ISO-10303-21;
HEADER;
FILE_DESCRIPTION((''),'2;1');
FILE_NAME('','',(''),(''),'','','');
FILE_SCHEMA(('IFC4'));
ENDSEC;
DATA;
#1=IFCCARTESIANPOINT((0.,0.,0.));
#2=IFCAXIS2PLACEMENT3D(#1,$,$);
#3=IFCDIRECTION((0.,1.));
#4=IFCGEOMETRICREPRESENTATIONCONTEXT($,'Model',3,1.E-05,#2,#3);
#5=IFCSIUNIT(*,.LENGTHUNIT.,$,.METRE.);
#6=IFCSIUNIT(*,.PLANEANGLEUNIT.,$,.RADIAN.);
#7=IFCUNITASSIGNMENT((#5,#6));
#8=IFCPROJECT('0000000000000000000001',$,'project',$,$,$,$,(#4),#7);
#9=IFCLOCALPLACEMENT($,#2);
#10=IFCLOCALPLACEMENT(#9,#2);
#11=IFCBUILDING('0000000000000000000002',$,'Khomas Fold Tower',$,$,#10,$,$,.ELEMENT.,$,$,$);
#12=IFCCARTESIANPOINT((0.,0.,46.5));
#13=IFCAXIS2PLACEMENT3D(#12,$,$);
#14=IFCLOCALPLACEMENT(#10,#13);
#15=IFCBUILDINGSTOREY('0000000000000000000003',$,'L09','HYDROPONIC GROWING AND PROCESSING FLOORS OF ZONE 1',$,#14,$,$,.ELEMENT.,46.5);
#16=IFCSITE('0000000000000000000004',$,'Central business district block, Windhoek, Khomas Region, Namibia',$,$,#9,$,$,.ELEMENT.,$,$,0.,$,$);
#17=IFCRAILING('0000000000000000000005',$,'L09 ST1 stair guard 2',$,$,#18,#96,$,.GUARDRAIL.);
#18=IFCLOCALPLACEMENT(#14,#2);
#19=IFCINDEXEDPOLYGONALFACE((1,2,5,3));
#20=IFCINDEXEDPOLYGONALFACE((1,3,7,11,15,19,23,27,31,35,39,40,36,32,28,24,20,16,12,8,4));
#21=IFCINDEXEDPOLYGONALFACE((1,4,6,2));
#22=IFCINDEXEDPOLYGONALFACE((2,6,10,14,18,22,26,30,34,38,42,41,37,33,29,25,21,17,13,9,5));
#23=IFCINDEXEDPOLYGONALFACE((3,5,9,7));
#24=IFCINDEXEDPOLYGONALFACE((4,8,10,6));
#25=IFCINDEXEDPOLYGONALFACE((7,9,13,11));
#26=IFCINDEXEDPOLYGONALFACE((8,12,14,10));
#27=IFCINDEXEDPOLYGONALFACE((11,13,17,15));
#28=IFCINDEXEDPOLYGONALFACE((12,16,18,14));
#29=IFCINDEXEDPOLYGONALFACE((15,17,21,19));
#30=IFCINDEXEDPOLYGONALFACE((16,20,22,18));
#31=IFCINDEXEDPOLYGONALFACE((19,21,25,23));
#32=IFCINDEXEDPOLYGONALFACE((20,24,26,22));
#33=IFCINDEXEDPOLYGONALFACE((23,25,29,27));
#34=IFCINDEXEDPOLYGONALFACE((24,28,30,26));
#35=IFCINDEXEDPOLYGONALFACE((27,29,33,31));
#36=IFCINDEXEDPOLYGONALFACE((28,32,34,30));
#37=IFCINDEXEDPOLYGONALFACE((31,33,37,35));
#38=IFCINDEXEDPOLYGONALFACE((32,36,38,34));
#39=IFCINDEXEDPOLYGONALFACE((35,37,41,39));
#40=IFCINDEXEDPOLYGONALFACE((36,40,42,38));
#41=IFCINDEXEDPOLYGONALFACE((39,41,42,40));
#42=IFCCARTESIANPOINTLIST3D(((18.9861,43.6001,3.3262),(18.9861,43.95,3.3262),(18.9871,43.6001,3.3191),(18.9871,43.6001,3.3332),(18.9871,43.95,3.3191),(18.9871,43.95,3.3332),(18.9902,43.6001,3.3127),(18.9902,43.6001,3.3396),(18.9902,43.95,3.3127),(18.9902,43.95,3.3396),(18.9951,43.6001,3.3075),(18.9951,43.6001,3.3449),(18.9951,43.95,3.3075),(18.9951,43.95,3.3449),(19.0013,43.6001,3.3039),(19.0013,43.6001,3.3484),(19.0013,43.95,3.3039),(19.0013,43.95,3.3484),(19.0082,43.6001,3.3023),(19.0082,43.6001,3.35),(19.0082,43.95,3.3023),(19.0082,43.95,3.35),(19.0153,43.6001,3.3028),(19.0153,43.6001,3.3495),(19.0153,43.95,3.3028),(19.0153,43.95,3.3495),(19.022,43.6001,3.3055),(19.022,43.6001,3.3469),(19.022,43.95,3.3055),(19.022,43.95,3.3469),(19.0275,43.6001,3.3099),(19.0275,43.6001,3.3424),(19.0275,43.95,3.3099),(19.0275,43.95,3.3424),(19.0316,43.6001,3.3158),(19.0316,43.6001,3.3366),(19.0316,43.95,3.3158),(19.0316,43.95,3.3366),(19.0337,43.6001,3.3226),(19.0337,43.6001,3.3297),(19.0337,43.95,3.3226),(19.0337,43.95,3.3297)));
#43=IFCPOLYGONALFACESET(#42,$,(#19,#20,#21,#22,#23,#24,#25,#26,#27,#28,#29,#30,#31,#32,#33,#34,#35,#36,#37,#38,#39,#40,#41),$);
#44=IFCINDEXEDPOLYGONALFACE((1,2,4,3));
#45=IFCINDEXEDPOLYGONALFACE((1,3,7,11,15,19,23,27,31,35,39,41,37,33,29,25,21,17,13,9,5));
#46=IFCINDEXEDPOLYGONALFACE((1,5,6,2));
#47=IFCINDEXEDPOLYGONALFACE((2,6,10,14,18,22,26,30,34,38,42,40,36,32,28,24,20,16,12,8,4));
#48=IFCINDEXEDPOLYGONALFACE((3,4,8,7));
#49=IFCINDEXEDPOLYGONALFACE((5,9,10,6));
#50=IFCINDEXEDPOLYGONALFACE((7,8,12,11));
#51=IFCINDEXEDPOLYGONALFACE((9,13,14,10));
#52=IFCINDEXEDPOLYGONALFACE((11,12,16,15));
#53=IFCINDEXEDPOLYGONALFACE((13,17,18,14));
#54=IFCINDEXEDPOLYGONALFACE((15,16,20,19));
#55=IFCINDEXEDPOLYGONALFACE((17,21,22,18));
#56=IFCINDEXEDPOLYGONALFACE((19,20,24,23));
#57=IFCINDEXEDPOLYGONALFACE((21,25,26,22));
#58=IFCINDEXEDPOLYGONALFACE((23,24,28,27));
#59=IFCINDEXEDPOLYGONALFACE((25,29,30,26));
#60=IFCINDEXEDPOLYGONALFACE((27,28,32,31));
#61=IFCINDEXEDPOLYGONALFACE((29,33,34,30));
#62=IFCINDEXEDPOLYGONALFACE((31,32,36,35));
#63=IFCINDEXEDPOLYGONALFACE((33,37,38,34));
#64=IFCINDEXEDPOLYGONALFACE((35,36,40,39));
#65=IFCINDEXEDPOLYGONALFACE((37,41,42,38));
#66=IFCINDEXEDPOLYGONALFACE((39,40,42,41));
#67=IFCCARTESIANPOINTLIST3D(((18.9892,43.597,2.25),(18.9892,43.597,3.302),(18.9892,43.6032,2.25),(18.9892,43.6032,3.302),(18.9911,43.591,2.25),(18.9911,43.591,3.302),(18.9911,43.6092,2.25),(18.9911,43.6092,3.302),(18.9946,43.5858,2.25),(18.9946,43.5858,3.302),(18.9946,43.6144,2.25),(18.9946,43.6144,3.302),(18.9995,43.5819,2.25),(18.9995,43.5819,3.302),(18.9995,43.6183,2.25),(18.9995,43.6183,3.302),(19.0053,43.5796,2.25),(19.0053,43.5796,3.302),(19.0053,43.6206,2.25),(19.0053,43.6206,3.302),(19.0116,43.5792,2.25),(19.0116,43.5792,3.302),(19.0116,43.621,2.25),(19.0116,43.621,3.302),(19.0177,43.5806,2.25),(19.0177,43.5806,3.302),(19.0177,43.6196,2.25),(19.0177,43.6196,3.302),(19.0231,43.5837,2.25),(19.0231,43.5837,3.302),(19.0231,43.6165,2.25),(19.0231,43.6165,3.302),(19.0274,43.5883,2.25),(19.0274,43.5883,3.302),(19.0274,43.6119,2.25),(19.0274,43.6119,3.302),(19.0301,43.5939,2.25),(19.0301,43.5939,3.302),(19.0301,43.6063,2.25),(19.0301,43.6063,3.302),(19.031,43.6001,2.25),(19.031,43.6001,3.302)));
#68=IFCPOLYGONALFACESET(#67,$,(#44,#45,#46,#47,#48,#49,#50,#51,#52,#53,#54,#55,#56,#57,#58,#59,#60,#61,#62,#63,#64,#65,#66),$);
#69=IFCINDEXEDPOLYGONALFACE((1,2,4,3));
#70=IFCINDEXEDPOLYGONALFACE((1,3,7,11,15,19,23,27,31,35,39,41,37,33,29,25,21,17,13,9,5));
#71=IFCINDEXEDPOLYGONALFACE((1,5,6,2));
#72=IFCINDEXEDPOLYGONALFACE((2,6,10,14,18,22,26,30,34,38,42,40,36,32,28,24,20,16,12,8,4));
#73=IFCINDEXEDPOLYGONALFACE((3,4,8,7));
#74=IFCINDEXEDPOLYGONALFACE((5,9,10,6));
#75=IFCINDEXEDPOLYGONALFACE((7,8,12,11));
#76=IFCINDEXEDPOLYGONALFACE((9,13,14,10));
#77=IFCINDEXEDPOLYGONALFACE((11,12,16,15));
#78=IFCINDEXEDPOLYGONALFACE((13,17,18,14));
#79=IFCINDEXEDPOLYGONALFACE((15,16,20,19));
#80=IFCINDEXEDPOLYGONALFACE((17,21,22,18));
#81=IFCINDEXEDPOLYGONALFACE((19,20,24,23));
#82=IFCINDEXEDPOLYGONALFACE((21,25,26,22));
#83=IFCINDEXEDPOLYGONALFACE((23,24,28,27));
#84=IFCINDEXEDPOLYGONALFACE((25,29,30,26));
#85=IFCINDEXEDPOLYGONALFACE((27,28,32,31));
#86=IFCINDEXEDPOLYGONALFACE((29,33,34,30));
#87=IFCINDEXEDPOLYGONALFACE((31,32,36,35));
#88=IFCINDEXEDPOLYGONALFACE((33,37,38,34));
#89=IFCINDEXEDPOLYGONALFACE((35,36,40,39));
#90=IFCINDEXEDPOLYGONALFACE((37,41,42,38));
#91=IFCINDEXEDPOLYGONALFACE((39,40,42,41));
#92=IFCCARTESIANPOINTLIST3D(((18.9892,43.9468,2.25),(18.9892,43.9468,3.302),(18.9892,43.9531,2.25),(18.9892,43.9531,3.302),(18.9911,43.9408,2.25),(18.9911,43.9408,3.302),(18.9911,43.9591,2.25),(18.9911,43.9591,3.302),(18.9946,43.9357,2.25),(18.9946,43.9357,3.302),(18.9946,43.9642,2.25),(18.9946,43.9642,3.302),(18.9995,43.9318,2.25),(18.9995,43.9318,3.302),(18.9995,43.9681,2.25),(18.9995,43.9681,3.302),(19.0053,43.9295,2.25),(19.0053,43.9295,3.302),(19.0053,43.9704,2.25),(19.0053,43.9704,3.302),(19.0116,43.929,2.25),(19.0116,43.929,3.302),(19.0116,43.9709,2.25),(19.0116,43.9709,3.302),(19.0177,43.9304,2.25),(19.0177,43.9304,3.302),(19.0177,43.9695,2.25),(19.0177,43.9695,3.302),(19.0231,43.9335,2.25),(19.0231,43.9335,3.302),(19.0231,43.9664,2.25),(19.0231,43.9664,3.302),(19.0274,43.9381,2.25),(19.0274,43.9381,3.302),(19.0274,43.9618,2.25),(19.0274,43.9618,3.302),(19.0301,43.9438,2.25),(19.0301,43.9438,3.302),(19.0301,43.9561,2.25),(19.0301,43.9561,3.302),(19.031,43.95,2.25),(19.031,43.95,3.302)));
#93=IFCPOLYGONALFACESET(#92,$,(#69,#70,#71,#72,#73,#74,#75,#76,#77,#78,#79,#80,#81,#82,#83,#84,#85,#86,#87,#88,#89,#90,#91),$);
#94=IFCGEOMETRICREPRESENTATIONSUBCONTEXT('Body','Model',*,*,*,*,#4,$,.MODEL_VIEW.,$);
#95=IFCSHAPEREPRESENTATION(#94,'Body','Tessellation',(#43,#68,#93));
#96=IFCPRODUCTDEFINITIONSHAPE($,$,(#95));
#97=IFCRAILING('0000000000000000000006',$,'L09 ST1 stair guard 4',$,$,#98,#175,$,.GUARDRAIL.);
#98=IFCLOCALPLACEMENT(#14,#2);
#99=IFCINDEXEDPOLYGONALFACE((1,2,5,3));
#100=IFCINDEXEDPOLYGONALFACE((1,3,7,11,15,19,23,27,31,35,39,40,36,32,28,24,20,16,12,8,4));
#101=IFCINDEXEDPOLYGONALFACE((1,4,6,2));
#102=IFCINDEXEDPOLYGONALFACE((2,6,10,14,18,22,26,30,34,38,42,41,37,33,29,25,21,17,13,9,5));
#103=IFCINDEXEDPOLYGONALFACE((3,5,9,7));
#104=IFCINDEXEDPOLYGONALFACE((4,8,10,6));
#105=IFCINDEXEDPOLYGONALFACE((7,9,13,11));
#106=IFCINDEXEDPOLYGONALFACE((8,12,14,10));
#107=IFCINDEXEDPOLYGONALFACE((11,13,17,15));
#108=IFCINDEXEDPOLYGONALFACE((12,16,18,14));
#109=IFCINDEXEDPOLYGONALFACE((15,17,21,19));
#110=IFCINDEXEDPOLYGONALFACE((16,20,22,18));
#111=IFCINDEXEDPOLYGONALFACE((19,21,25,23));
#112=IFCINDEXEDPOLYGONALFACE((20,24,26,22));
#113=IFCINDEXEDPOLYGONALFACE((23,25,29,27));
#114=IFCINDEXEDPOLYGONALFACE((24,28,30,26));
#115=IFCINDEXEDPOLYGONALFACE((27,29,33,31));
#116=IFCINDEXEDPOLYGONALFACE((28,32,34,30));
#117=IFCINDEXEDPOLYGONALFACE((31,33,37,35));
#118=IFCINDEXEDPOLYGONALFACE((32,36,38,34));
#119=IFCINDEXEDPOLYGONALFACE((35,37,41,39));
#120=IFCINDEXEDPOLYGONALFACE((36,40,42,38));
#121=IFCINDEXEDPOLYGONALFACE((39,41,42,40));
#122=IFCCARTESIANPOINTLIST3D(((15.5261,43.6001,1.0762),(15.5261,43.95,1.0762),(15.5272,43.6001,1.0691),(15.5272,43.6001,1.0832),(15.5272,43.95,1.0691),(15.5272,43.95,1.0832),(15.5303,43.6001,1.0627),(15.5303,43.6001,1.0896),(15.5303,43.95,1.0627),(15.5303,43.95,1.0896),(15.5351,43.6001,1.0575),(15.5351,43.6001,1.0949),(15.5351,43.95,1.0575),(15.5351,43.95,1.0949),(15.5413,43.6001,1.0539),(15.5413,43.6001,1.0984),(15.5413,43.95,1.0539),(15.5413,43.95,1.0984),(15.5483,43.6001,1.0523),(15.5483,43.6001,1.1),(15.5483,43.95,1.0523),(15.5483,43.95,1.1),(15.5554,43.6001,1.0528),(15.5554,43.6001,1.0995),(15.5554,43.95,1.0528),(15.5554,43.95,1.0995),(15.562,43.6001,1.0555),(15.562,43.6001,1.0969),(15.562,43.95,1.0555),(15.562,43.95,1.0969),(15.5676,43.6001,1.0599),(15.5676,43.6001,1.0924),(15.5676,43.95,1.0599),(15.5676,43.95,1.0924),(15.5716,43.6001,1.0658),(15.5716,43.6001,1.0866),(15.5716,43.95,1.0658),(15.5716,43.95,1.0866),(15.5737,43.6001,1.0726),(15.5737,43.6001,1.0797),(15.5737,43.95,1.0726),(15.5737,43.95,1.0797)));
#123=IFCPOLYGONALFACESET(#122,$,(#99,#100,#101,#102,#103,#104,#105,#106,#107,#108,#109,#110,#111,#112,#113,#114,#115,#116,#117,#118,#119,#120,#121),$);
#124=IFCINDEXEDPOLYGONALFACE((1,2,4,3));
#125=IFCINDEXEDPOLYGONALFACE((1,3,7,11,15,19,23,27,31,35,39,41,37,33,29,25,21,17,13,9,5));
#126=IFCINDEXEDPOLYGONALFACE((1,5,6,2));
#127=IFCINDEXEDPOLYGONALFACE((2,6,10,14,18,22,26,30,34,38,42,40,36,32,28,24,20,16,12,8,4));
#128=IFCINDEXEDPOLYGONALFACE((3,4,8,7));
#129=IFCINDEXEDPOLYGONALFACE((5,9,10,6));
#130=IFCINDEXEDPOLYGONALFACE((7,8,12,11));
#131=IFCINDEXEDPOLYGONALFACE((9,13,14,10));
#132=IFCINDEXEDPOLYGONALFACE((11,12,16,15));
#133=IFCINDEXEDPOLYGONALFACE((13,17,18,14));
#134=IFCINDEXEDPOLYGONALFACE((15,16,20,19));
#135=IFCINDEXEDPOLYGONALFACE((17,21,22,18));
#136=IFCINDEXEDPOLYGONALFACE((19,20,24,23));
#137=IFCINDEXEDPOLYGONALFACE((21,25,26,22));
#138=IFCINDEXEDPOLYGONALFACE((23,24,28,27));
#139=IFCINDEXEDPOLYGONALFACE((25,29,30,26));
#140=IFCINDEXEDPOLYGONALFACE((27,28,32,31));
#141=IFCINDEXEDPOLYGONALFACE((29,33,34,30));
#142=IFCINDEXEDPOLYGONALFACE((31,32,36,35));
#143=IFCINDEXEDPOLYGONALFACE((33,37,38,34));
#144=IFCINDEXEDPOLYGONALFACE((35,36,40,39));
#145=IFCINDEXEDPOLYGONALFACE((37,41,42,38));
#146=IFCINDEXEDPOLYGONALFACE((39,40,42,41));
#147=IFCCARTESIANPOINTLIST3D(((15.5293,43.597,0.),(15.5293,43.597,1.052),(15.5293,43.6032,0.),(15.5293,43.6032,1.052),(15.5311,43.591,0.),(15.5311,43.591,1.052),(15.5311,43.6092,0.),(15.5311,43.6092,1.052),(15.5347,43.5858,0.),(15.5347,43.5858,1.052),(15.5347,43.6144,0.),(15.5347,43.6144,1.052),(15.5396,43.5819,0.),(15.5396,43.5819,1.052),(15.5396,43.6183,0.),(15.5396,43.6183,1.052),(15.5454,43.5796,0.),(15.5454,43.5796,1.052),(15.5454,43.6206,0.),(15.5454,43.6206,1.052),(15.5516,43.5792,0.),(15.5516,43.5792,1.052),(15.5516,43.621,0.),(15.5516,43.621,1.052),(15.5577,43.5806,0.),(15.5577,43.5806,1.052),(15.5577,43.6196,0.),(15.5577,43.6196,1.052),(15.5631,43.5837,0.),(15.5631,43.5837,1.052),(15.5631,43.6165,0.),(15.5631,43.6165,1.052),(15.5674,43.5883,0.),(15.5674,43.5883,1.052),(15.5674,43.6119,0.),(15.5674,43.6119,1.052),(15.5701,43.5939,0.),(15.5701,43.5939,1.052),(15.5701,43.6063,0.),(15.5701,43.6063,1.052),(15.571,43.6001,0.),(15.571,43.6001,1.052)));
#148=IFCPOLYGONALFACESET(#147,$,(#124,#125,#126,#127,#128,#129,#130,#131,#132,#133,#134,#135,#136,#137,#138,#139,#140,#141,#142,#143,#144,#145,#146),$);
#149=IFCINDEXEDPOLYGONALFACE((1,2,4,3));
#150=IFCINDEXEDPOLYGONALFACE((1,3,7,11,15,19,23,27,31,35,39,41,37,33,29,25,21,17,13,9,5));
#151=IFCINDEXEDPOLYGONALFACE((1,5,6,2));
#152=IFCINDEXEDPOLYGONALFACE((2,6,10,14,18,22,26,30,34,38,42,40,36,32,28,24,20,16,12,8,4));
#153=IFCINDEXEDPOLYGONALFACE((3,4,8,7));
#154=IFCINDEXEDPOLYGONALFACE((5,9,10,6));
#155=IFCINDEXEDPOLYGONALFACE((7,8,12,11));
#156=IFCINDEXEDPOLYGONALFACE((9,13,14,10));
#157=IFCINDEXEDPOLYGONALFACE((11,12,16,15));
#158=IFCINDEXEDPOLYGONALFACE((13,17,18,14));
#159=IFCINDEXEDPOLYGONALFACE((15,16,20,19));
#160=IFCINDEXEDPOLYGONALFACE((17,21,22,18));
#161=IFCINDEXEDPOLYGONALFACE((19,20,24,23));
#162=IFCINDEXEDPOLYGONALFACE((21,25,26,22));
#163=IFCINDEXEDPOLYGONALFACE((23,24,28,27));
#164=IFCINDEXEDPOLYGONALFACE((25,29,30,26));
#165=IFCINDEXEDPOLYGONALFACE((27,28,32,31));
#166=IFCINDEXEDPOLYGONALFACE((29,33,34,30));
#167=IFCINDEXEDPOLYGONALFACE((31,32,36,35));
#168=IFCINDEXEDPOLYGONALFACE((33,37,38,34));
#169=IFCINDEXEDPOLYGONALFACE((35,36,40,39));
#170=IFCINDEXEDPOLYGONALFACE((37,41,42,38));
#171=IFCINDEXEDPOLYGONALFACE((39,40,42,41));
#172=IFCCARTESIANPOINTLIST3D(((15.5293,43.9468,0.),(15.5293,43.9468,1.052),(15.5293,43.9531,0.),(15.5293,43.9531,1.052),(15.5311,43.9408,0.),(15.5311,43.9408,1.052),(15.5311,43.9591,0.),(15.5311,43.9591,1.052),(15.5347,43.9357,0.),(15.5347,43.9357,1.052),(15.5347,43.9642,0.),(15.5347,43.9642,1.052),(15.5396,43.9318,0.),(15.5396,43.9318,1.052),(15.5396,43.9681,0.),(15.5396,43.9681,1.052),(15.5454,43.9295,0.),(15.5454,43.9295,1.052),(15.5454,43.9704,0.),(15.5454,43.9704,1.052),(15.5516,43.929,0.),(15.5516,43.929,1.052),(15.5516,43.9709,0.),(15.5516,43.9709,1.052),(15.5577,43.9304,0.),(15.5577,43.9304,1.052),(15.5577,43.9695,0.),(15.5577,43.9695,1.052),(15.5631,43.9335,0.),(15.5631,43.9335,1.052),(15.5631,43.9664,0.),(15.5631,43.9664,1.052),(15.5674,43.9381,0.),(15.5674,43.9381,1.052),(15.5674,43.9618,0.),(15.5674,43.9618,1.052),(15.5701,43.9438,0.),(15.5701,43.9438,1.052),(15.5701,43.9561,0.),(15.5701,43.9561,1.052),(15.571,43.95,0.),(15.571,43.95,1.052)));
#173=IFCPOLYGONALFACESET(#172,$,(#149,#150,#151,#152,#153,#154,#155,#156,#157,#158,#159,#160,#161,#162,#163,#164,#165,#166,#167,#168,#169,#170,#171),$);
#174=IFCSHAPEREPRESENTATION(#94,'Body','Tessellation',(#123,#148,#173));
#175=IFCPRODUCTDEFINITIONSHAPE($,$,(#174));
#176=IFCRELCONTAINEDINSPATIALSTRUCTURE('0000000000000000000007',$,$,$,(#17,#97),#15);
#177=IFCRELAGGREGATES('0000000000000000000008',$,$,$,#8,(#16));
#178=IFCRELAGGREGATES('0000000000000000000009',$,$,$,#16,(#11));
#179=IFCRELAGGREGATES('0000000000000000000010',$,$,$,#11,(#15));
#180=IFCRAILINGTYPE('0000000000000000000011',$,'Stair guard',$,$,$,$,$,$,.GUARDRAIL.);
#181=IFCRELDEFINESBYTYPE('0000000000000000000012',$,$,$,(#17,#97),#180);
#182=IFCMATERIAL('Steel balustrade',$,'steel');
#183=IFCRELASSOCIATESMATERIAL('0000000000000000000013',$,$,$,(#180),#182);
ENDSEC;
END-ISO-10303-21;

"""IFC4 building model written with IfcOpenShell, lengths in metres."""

from ifc_helpers import new_model, si_unit, direction, frame, origin, origin_2d, place, context, subcontext, project, spatial, circle, extrude, source, transform, mapped, material, type_object, element, save


model = new_model("IFC4")

# Units and contexts
model_context = context("Model", 3, precision=1e-05, world=origin(), true_north=direction((0.0, 1.0)))
body_context = subcontext(model_context, "Body", "Model", "MODEL_VIEW")
ifc_project = project(units=[si_unit("LENGTHUNIT", "METRE"), si_unit("PLANEANGLEUNIT", "RADIAN")], contexts=[model_context])

# Site, building, storey
site_placement = place(None, origin())
site = spatial("IfcSite", under=ifc_project, at=site_placement, Name="Central business district block, Windhoek, Khomas Region, Namibia", CompositionType="ELEMENT", RefElevation=0.0)
building_placement = place(site_placement, origin())
building = spatial("IfcBuilding", under=site, at=building_placement, Name="Khomas Fold Tower", CompositionType="ELEMENT")
storey_placement = place(building_placement, frame((0.0, 0.0, 46.5)))
storey = spatial("IfcBuildingStorey", under=building, at=storey_placement, Name="L09", Description="HYDROPONIC GROWING AND PROCESSING FLOORS OF ZONE 1", CompositionType="ELEMENT", Elevation=46.5)

# Railings
ifc_material_1 = material(Name="Steel balustrade", Category="steel")
railing_type_1 = type_object("IfcRailingType", Name="Stair guard", PredefinedType="GUARDRAIL", material=ifc_material_1)
shared_shape_1 = source(origin(), body_context, "Body", "SweptSolid", [
    extrude(circle(Radius=0.0239, at=origin_2d()), frame((0.0, 0.0, 1.0762), z_axis=(0.0, 1.0, 0.0), x_axis=(-1.0, 0.0, 0.0)), (0.0, 0.0, 1.0), 0.3499),
    extrude(circle(Radius=0.021, at=origin_2d()), origin(), (0.0, 0.0, 1.0), 1.052),
    extrude(circle(Radius=0.021, at=origin_2d()), frame((0.0, 0.3499, 0.0)), (0.0, 0.0, 1.0), 1.052),
])
for number, where, name in (
    (1, (19.01, 43.6001, 2.25), "L09 ST1 stair guard 2"),
    (2, (15.55, 43.6001, 0.0), "L09 ST1 stair guard 4"),
):
    element("IfcRailing", number, at=place(storey_placement, frame(where)), inside=storey, type_object=railing_type_1, Name=name, PredefinedType="GUARDRAIL", context=body_context, shape_type="MappedRepresentation", body=[
        mapped(shared_shape_1, transform((0.0, 0.0, 0.0))),
    ])

save(model, "model.ifc")
